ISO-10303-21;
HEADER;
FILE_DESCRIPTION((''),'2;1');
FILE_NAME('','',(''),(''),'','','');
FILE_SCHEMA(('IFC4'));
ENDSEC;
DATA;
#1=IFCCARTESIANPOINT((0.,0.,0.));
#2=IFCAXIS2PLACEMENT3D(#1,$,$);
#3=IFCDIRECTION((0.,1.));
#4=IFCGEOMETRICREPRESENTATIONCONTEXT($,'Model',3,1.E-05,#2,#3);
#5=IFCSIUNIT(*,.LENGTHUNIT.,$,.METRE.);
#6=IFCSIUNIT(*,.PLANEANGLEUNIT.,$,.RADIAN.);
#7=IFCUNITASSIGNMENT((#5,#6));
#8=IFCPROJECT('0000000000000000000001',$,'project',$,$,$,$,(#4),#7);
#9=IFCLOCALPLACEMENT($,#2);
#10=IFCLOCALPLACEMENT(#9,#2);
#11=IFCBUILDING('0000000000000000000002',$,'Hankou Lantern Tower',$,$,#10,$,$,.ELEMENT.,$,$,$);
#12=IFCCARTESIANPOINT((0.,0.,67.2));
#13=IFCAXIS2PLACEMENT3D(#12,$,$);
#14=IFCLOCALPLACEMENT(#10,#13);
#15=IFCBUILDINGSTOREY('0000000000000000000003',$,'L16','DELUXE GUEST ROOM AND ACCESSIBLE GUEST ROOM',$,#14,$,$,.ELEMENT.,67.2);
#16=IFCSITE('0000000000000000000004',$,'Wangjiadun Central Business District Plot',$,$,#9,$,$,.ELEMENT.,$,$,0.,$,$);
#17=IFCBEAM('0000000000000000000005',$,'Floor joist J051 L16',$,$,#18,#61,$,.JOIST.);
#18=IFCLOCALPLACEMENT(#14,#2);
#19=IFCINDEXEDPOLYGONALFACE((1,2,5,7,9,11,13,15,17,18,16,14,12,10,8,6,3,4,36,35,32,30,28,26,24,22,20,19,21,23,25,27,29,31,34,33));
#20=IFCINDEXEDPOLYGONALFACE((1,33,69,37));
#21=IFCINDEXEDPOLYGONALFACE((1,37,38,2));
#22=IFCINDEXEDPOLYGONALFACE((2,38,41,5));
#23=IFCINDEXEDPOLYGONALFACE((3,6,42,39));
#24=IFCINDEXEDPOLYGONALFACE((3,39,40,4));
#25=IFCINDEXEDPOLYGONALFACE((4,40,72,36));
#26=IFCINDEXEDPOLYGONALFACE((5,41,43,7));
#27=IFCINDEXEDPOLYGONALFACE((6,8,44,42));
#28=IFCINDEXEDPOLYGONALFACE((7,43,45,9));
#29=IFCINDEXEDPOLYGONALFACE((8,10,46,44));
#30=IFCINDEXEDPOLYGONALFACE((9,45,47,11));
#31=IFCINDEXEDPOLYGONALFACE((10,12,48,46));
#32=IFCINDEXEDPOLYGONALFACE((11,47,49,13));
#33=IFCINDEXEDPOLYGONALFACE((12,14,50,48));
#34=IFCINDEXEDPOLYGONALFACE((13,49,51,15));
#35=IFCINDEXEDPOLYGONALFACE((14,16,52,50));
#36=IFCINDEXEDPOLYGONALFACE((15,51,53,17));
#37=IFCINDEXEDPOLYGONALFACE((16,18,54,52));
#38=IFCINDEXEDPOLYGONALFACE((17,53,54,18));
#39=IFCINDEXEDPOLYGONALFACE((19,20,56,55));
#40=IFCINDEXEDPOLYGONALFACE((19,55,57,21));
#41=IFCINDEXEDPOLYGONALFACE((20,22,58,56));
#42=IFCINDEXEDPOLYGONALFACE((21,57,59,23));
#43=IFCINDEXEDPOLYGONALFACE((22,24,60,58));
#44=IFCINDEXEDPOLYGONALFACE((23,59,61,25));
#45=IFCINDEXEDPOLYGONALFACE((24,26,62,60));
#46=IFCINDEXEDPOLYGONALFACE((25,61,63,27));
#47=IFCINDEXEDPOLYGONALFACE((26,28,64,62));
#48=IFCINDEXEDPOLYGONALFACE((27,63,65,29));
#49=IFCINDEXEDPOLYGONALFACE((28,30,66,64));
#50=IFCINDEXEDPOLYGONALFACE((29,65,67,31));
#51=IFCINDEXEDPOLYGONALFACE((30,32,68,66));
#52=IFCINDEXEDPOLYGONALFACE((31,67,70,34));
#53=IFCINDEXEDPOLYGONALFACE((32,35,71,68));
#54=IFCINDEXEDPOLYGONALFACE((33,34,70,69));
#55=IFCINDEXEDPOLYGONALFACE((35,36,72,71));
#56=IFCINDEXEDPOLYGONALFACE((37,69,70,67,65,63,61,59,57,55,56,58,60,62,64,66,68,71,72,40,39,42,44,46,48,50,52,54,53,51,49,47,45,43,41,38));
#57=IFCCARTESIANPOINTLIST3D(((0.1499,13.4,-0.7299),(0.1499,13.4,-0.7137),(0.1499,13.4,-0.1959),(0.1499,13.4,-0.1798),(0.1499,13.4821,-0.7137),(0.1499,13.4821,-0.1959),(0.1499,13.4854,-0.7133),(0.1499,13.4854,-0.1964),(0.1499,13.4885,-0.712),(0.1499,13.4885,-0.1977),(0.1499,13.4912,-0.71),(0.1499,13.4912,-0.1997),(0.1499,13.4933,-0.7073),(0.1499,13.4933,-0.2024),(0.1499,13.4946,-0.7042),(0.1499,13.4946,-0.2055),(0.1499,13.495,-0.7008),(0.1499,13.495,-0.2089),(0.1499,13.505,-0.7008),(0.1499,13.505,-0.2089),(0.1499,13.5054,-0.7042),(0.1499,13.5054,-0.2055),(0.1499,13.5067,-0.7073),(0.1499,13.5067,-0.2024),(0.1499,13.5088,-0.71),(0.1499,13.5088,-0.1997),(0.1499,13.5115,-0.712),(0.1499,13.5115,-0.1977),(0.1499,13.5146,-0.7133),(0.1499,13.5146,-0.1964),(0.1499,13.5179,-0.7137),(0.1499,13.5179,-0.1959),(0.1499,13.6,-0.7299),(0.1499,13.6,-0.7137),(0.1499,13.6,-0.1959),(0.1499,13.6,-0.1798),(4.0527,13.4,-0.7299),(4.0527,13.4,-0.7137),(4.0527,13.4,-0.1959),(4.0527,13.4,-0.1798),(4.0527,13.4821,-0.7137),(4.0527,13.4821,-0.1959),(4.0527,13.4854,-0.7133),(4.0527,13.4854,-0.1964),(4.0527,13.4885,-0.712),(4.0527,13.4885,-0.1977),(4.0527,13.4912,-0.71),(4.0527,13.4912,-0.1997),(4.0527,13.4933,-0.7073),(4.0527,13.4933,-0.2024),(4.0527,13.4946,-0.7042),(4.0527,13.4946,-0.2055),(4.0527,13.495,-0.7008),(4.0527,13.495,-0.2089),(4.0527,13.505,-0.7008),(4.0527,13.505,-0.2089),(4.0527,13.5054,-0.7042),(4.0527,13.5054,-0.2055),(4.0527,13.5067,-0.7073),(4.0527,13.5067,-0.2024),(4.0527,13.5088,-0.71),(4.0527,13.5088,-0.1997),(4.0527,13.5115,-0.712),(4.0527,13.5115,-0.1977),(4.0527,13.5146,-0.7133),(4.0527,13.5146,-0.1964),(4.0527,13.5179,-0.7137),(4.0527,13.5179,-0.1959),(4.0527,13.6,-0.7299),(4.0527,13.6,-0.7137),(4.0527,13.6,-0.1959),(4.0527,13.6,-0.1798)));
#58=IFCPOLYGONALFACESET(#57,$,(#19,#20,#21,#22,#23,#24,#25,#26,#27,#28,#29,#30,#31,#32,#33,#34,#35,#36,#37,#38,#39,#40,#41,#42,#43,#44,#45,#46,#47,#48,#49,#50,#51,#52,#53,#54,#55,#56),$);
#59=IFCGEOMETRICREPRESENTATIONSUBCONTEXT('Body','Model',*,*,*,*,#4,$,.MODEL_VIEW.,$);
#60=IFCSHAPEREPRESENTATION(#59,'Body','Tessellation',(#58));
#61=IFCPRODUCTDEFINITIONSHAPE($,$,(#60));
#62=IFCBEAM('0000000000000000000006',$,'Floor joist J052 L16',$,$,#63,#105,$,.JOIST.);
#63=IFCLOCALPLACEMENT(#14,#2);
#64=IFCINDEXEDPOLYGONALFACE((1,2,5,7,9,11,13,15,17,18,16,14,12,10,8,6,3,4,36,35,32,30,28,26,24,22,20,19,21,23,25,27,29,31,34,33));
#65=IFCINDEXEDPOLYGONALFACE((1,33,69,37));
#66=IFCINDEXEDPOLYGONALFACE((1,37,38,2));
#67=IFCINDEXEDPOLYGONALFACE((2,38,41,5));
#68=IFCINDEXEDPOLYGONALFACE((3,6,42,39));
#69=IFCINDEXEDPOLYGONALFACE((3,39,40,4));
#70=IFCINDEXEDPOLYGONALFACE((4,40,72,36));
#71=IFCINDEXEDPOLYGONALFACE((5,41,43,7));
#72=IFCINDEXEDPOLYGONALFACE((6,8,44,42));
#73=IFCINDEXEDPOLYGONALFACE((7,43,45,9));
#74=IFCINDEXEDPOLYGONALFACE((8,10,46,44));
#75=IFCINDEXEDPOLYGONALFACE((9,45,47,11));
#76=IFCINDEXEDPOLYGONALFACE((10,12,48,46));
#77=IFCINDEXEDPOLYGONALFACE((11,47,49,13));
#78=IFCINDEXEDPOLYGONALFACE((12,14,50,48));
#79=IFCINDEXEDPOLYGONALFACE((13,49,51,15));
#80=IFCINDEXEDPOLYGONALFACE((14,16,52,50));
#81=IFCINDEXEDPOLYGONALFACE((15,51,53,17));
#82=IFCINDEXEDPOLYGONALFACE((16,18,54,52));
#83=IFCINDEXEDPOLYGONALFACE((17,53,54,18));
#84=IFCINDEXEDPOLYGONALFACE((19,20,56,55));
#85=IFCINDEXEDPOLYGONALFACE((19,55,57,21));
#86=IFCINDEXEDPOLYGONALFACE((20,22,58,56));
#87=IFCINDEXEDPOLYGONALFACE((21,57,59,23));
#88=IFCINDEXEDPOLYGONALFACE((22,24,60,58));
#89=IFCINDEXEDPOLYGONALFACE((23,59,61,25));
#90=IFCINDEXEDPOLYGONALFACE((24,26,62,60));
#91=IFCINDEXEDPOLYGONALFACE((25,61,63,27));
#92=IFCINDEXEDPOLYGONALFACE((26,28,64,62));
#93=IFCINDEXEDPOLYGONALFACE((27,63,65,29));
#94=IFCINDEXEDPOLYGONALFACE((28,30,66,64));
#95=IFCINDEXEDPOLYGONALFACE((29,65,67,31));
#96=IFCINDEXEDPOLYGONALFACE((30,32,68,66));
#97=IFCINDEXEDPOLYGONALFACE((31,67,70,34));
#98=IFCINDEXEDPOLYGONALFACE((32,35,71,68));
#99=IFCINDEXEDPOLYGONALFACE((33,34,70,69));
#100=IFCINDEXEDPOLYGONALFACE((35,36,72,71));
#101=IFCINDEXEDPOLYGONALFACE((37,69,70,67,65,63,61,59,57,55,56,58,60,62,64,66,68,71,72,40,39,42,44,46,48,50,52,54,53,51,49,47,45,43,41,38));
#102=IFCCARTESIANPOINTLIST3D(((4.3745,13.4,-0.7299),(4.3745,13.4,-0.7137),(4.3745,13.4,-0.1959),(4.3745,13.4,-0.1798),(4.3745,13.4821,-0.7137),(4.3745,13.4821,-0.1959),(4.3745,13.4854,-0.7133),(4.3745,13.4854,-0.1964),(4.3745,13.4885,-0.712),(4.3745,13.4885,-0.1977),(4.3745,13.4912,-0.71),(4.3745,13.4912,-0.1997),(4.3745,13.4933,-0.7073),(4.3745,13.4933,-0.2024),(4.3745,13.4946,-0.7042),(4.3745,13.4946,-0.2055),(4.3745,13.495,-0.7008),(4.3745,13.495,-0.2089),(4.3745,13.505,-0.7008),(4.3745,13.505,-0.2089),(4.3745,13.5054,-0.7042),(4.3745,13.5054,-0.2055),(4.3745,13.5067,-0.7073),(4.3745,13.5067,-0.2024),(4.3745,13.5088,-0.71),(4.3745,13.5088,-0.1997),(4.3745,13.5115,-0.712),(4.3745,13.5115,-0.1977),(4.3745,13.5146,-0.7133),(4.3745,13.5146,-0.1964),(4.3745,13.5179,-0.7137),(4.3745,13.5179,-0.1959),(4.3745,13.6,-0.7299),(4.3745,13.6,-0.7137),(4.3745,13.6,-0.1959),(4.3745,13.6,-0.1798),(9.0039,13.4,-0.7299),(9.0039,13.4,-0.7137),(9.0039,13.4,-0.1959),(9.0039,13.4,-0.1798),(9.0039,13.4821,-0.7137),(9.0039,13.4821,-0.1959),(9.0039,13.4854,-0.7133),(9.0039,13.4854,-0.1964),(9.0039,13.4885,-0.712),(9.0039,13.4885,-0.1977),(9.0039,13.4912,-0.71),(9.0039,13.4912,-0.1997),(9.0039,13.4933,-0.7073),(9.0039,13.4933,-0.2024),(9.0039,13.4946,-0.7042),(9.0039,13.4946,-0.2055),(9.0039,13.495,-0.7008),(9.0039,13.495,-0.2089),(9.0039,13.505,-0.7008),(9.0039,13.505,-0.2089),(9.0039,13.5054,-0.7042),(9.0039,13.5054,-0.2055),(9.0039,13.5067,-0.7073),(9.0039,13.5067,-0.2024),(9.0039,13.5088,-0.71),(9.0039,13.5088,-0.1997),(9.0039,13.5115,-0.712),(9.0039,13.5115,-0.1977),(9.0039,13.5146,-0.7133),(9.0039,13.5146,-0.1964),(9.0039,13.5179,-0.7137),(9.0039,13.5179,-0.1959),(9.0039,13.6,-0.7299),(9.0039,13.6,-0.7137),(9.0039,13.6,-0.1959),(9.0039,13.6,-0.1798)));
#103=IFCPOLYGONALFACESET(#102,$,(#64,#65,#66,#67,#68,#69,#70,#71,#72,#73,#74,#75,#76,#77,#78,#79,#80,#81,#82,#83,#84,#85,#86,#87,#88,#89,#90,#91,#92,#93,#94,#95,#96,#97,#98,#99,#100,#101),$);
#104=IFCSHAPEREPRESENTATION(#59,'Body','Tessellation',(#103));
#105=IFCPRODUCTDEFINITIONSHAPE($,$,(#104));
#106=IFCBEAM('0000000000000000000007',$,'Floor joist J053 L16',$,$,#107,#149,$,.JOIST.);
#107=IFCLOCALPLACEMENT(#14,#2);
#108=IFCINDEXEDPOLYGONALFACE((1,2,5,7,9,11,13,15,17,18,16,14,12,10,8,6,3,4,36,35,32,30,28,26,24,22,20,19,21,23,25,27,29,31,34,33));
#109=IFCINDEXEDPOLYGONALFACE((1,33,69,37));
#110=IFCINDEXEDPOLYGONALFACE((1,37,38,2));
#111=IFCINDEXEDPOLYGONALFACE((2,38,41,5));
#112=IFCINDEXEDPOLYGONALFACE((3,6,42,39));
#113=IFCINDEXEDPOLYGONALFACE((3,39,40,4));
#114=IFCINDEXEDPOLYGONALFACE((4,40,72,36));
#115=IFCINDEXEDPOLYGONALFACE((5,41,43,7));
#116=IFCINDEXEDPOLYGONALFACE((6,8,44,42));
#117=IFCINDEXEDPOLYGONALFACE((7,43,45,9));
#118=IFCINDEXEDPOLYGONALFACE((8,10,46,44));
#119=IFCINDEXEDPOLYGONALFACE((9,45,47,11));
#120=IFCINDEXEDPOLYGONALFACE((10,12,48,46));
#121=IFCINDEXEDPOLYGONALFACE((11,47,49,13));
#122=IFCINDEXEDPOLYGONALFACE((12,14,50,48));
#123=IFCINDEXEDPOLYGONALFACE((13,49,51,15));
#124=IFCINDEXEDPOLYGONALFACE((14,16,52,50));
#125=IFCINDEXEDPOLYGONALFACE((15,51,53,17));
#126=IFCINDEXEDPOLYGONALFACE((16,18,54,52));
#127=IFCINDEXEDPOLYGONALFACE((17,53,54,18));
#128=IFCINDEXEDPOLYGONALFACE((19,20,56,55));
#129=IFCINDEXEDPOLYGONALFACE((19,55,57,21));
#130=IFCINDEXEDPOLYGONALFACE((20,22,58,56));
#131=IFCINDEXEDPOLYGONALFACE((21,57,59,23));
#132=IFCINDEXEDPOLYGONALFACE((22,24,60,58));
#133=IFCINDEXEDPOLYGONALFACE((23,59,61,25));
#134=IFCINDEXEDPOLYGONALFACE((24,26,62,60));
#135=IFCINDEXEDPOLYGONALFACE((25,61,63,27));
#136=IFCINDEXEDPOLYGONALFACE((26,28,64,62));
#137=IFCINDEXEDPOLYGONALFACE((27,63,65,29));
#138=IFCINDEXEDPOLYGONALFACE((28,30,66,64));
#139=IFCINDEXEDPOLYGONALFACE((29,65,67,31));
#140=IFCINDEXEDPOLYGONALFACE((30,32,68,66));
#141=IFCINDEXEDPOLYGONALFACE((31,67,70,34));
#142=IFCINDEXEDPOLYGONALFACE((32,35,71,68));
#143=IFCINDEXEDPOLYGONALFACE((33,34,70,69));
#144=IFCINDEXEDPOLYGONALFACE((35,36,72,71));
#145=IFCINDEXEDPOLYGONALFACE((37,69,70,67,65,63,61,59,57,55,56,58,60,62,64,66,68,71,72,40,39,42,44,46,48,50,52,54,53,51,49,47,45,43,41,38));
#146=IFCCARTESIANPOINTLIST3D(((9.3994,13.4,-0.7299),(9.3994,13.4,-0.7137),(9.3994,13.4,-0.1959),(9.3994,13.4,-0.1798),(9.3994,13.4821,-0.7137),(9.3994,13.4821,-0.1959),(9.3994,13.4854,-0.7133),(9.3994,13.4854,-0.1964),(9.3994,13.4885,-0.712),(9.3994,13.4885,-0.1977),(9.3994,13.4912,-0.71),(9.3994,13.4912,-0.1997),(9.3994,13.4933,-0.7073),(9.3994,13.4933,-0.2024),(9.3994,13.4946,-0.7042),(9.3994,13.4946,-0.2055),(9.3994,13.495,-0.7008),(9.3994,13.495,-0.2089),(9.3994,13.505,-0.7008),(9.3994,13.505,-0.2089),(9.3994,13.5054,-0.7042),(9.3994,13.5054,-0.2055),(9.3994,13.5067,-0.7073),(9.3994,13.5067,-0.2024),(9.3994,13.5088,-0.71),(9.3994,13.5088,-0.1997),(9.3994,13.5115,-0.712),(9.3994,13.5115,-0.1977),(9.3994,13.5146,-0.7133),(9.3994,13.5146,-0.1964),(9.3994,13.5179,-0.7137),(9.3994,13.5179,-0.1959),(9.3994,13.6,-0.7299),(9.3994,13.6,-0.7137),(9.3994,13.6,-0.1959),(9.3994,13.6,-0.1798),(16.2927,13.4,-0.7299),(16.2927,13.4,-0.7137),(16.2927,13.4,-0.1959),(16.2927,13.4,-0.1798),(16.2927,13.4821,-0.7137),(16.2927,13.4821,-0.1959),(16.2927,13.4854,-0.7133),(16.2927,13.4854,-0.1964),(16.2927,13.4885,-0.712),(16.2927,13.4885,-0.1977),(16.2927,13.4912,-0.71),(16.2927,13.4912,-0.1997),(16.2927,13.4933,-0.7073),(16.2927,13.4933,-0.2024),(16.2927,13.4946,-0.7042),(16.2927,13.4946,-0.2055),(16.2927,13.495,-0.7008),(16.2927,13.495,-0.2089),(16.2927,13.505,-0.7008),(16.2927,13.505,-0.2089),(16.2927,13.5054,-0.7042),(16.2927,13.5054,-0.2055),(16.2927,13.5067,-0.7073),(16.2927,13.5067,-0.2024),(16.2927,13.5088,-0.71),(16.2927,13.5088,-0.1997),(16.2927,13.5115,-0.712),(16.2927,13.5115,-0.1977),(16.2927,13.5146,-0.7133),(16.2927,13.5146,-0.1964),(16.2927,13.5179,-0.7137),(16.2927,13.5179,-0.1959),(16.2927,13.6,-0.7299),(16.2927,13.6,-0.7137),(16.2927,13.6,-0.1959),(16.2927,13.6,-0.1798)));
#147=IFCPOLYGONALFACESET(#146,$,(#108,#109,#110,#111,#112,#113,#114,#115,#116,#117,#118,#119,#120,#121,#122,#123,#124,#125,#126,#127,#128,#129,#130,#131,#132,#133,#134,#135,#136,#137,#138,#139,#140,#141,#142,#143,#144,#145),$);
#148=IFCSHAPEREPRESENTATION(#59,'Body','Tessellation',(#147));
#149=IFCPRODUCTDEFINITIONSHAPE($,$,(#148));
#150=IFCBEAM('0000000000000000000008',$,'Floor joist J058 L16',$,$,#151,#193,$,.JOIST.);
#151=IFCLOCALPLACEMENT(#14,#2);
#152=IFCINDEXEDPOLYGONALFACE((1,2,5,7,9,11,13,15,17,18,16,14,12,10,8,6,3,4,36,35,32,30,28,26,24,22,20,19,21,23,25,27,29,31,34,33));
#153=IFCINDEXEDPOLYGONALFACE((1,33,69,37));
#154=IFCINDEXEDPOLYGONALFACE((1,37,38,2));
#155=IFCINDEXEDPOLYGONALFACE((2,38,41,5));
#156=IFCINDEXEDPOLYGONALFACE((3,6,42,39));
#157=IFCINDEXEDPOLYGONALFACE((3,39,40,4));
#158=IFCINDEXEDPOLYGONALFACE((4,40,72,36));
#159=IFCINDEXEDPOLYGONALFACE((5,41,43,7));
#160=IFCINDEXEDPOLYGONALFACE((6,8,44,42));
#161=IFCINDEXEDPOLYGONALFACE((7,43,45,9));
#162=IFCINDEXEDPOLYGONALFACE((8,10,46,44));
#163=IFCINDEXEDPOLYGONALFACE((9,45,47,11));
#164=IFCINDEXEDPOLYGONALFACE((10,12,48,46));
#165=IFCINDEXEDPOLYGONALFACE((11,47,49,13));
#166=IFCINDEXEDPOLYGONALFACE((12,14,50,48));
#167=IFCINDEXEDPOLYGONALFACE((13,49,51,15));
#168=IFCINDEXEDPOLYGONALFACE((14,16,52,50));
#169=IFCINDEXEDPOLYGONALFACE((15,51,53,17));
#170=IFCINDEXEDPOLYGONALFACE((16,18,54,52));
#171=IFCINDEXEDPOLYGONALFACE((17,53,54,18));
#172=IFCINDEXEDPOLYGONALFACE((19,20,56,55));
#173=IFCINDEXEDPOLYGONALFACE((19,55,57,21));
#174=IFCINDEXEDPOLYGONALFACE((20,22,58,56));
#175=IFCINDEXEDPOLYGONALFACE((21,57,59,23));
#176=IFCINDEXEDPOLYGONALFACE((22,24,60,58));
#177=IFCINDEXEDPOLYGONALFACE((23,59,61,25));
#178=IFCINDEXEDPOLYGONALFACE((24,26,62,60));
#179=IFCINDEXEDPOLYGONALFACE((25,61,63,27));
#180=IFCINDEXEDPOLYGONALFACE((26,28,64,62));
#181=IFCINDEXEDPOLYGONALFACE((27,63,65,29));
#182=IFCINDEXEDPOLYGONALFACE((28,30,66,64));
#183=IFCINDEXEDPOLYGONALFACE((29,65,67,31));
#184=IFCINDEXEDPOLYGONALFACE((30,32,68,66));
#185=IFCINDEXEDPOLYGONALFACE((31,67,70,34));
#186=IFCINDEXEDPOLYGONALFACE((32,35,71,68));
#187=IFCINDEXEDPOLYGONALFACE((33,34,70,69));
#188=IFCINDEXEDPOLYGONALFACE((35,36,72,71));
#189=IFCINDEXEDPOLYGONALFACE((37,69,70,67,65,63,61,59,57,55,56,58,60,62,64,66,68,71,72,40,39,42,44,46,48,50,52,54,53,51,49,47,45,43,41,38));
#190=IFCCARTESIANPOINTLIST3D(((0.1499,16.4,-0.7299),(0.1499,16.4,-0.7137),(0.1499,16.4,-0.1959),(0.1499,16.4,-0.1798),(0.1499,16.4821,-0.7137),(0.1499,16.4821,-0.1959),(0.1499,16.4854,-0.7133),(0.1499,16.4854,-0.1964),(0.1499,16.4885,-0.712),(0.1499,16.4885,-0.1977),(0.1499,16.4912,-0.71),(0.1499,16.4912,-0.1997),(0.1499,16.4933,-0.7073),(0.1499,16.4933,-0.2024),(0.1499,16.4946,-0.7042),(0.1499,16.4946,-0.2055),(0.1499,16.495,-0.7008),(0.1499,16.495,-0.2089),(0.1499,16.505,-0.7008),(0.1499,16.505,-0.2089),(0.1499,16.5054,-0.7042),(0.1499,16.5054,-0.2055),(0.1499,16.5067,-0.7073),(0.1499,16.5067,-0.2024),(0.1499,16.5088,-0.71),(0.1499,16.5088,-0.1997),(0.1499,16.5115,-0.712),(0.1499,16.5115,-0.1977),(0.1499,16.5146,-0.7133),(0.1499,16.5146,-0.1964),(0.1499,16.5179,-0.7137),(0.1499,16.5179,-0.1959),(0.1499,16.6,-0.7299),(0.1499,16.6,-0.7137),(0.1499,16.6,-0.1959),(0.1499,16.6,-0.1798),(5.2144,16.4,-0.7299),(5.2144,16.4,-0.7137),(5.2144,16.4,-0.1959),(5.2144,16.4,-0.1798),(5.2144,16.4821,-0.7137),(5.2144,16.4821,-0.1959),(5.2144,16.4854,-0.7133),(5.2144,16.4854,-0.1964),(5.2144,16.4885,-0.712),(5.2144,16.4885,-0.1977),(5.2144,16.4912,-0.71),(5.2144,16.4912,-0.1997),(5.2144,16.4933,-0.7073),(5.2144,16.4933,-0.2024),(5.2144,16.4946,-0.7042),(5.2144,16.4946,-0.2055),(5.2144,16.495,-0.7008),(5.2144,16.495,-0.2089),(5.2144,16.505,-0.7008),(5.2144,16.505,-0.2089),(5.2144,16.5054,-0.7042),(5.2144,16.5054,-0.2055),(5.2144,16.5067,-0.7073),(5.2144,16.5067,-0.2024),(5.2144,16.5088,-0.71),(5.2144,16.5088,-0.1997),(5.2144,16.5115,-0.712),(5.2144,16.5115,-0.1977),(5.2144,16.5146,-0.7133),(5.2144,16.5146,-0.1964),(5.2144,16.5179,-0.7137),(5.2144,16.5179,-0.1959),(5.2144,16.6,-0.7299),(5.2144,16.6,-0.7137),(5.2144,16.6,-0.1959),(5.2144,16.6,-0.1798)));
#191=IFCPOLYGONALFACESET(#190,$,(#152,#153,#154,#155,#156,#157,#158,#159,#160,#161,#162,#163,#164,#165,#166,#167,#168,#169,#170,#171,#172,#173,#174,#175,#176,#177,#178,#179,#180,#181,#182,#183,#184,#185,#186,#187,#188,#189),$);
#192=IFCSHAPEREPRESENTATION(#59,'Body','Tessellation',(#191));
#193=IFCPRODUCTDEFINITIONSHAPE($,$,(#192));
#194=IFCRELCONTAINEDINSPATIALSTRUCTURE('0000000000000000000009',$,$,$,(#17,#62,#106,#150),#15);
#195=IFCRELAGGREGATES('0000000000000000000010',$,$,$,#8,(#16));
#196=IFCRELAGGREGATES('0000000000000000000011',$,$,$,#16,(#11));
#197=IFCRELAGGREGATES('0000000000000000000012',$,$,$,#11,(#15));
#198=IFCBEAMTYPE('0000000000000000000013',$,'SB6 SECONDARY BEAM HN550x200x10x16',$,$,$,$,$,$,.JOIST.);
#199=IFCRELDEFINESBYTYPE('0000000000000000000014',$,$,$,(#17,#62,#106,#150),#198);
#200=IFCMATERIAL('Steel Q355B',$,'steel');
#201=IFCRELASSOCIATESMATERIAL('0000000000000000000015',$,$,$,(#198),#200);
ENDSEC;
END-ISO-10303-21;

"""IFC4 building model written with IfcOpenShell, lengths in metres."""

from ifc_helpers import new_model, si_unit, direction, frame, origin, origin_2d, place, context, subcontext, project, spatial, i_section, extrude, material, material_profile, profile_set, type_object, element, save


model = new_model("IFC4")

# Units and contexts
model_context = context("Model", 3, precision=1e-05, world=origin(), true_north=direction((0.0, 1.0)))
body_context = subcontext(model_context, "Body", "Model", "MODEL_VIEW")
ifc_project = project(units=[si_unit("LENGTHUNIT", "METRE"), si_unit("PLANEANGLEUNIT", "RADIAN")], contexts=[model_context])

# Site, building, storey
site_placement = place(None, origin())
site = spatial("IfcSite", under=ifc_project, at=site_placement, Name="Wangjiadun Central Business District Plot", CompositionType="ELEMENT", RefElevation=0.0)
building_placement = place(site_placement, origin())
building = spatial("IfcBuilding", under=site, at=building_placement, Name="Hankou Lantern Tower", CompositionType="ELEMENT")
storey_placement = place(building_placement, frame((0.0, 0.0, 67.2)))
storey = spatial("IfcBuildingStorey", under=building, at=storey_placement, Name="L16", Description="DELUXE GUEST ROOM AND ACCESSIBLE GUEST ROOM", CompositionType="ELEMENT", Elevation=67.2)

# Beams
ifc_material_1 = material(Name="Steel Q355B", Category="steel")
ifc_material_profile_1 = material_profile(ifc_material_1, i_section(OverallWidth=0.2, OverallDepth=0.55, WebThickness=0.01, FlangeThickness=0.0161, FilletRadius=0.0129, at=origin_2d()), Name="HN550x200x10x16")
ifc_profile_set_1 = profile_set([ifc_material_profile_1], Name="Steel Q355B")
beam_type_1 = type_object("IfcBeamType", Name="SB6 SECONDARY BEAM HN550x200x10x16", PredefinedType="JOIST", material=ifc_profile_set_1)
beam_1_placement = place(storey_placement, frame((0.1499, 13.5, -0.4548), z_axis=(1.0, 0.0, 0.0), x_axis=(0.0, 1.0, 0.0)))
element("IfcBeam", 1, at=beam_1_placement, inside=storey, type_object=beam_type_1, Name="Floor joist J051 L16", PredefinedType="JOIST", context=body_context, shape_type="SweptSolid", body=[
    extrude(i_section(OverallWidth=0.2, OverallDepth=0.55, WebThickness=0.01, FlangeThickness=0.0161, FilletRadius=0.0129, at=origin_2d()), origin(), (0.0, 0.0, 1.0), 3.9028),
])
beam_2_placement = place(storey_placement, frame((4.3745, 13.5, -0.4548), z_axis=(1.0, 0.0, 0.0), x_axis=(0.0, 1.0, 0.0)))
element("IfcBeam", 2, at=beam_2_placement, inside=storey, type_object=beam_type_1, Name="Floor joist J052 L16", PredefinedType="JOIST", context=body_context, shape_type="SweptSolid", body=[
    extrude(i_section(OverallWidth=0.2, OverallDepth=0.55, WebThickness=0.01, FlangeThickness=0.0161, FilletRadius=0.0129, at=origin_2d()), origin(), (0.0, 0.0, 1.0), 4.6294),
])
beam_3_placement = place(storey_placement, frame((9.3994, 13.5, -0.4548), z_axis=(1.0, 0.0, 0.0), x_axis=(0.0, 1.0, 0.0)))
element("IfcBeam", 3, at=beam_3_placement, inside=storey, type_object=beam_type_1, Name="Floor joist J053 L16", PredefinedType="JOIST", context=body_context, shape_type="SweptSolid", body=[
    extrude(i_section(OverallWidth=0.2, OverallDepth=0.55, WebThickness=0.01, FlangeThickness=0.0161, FilletRadius=0.0129, at=origin_2d()), origin(), (0.0, 0.0, 1.0), 6.8933),
])
beam_4_placement = place(storey_placement, frame((0.1499, 16.5, -0.4548), z_axis=(1.0, 0.0, 0.0), x_axis=(0.0, 1.0, 0.0)))
element("IfcBeam", 4, at=beam_4_placement, inside=storey, type_object=beam_type_1, Name="Floor joist J058 L16", PredefinedType="JOIST", context=body_context, shape_type="SweptSolid", body=[
    extrude(i_section(OverallWidth=0.2, OverallDepth=0.55, WebThickness=0.01, FlangeThickness=0.0161, FilletRadius=0.0129, at=origin_2d()), origin(), (0.0, 0.0, 1.0), 5.0645),
])

save(model, "model.ifc")
